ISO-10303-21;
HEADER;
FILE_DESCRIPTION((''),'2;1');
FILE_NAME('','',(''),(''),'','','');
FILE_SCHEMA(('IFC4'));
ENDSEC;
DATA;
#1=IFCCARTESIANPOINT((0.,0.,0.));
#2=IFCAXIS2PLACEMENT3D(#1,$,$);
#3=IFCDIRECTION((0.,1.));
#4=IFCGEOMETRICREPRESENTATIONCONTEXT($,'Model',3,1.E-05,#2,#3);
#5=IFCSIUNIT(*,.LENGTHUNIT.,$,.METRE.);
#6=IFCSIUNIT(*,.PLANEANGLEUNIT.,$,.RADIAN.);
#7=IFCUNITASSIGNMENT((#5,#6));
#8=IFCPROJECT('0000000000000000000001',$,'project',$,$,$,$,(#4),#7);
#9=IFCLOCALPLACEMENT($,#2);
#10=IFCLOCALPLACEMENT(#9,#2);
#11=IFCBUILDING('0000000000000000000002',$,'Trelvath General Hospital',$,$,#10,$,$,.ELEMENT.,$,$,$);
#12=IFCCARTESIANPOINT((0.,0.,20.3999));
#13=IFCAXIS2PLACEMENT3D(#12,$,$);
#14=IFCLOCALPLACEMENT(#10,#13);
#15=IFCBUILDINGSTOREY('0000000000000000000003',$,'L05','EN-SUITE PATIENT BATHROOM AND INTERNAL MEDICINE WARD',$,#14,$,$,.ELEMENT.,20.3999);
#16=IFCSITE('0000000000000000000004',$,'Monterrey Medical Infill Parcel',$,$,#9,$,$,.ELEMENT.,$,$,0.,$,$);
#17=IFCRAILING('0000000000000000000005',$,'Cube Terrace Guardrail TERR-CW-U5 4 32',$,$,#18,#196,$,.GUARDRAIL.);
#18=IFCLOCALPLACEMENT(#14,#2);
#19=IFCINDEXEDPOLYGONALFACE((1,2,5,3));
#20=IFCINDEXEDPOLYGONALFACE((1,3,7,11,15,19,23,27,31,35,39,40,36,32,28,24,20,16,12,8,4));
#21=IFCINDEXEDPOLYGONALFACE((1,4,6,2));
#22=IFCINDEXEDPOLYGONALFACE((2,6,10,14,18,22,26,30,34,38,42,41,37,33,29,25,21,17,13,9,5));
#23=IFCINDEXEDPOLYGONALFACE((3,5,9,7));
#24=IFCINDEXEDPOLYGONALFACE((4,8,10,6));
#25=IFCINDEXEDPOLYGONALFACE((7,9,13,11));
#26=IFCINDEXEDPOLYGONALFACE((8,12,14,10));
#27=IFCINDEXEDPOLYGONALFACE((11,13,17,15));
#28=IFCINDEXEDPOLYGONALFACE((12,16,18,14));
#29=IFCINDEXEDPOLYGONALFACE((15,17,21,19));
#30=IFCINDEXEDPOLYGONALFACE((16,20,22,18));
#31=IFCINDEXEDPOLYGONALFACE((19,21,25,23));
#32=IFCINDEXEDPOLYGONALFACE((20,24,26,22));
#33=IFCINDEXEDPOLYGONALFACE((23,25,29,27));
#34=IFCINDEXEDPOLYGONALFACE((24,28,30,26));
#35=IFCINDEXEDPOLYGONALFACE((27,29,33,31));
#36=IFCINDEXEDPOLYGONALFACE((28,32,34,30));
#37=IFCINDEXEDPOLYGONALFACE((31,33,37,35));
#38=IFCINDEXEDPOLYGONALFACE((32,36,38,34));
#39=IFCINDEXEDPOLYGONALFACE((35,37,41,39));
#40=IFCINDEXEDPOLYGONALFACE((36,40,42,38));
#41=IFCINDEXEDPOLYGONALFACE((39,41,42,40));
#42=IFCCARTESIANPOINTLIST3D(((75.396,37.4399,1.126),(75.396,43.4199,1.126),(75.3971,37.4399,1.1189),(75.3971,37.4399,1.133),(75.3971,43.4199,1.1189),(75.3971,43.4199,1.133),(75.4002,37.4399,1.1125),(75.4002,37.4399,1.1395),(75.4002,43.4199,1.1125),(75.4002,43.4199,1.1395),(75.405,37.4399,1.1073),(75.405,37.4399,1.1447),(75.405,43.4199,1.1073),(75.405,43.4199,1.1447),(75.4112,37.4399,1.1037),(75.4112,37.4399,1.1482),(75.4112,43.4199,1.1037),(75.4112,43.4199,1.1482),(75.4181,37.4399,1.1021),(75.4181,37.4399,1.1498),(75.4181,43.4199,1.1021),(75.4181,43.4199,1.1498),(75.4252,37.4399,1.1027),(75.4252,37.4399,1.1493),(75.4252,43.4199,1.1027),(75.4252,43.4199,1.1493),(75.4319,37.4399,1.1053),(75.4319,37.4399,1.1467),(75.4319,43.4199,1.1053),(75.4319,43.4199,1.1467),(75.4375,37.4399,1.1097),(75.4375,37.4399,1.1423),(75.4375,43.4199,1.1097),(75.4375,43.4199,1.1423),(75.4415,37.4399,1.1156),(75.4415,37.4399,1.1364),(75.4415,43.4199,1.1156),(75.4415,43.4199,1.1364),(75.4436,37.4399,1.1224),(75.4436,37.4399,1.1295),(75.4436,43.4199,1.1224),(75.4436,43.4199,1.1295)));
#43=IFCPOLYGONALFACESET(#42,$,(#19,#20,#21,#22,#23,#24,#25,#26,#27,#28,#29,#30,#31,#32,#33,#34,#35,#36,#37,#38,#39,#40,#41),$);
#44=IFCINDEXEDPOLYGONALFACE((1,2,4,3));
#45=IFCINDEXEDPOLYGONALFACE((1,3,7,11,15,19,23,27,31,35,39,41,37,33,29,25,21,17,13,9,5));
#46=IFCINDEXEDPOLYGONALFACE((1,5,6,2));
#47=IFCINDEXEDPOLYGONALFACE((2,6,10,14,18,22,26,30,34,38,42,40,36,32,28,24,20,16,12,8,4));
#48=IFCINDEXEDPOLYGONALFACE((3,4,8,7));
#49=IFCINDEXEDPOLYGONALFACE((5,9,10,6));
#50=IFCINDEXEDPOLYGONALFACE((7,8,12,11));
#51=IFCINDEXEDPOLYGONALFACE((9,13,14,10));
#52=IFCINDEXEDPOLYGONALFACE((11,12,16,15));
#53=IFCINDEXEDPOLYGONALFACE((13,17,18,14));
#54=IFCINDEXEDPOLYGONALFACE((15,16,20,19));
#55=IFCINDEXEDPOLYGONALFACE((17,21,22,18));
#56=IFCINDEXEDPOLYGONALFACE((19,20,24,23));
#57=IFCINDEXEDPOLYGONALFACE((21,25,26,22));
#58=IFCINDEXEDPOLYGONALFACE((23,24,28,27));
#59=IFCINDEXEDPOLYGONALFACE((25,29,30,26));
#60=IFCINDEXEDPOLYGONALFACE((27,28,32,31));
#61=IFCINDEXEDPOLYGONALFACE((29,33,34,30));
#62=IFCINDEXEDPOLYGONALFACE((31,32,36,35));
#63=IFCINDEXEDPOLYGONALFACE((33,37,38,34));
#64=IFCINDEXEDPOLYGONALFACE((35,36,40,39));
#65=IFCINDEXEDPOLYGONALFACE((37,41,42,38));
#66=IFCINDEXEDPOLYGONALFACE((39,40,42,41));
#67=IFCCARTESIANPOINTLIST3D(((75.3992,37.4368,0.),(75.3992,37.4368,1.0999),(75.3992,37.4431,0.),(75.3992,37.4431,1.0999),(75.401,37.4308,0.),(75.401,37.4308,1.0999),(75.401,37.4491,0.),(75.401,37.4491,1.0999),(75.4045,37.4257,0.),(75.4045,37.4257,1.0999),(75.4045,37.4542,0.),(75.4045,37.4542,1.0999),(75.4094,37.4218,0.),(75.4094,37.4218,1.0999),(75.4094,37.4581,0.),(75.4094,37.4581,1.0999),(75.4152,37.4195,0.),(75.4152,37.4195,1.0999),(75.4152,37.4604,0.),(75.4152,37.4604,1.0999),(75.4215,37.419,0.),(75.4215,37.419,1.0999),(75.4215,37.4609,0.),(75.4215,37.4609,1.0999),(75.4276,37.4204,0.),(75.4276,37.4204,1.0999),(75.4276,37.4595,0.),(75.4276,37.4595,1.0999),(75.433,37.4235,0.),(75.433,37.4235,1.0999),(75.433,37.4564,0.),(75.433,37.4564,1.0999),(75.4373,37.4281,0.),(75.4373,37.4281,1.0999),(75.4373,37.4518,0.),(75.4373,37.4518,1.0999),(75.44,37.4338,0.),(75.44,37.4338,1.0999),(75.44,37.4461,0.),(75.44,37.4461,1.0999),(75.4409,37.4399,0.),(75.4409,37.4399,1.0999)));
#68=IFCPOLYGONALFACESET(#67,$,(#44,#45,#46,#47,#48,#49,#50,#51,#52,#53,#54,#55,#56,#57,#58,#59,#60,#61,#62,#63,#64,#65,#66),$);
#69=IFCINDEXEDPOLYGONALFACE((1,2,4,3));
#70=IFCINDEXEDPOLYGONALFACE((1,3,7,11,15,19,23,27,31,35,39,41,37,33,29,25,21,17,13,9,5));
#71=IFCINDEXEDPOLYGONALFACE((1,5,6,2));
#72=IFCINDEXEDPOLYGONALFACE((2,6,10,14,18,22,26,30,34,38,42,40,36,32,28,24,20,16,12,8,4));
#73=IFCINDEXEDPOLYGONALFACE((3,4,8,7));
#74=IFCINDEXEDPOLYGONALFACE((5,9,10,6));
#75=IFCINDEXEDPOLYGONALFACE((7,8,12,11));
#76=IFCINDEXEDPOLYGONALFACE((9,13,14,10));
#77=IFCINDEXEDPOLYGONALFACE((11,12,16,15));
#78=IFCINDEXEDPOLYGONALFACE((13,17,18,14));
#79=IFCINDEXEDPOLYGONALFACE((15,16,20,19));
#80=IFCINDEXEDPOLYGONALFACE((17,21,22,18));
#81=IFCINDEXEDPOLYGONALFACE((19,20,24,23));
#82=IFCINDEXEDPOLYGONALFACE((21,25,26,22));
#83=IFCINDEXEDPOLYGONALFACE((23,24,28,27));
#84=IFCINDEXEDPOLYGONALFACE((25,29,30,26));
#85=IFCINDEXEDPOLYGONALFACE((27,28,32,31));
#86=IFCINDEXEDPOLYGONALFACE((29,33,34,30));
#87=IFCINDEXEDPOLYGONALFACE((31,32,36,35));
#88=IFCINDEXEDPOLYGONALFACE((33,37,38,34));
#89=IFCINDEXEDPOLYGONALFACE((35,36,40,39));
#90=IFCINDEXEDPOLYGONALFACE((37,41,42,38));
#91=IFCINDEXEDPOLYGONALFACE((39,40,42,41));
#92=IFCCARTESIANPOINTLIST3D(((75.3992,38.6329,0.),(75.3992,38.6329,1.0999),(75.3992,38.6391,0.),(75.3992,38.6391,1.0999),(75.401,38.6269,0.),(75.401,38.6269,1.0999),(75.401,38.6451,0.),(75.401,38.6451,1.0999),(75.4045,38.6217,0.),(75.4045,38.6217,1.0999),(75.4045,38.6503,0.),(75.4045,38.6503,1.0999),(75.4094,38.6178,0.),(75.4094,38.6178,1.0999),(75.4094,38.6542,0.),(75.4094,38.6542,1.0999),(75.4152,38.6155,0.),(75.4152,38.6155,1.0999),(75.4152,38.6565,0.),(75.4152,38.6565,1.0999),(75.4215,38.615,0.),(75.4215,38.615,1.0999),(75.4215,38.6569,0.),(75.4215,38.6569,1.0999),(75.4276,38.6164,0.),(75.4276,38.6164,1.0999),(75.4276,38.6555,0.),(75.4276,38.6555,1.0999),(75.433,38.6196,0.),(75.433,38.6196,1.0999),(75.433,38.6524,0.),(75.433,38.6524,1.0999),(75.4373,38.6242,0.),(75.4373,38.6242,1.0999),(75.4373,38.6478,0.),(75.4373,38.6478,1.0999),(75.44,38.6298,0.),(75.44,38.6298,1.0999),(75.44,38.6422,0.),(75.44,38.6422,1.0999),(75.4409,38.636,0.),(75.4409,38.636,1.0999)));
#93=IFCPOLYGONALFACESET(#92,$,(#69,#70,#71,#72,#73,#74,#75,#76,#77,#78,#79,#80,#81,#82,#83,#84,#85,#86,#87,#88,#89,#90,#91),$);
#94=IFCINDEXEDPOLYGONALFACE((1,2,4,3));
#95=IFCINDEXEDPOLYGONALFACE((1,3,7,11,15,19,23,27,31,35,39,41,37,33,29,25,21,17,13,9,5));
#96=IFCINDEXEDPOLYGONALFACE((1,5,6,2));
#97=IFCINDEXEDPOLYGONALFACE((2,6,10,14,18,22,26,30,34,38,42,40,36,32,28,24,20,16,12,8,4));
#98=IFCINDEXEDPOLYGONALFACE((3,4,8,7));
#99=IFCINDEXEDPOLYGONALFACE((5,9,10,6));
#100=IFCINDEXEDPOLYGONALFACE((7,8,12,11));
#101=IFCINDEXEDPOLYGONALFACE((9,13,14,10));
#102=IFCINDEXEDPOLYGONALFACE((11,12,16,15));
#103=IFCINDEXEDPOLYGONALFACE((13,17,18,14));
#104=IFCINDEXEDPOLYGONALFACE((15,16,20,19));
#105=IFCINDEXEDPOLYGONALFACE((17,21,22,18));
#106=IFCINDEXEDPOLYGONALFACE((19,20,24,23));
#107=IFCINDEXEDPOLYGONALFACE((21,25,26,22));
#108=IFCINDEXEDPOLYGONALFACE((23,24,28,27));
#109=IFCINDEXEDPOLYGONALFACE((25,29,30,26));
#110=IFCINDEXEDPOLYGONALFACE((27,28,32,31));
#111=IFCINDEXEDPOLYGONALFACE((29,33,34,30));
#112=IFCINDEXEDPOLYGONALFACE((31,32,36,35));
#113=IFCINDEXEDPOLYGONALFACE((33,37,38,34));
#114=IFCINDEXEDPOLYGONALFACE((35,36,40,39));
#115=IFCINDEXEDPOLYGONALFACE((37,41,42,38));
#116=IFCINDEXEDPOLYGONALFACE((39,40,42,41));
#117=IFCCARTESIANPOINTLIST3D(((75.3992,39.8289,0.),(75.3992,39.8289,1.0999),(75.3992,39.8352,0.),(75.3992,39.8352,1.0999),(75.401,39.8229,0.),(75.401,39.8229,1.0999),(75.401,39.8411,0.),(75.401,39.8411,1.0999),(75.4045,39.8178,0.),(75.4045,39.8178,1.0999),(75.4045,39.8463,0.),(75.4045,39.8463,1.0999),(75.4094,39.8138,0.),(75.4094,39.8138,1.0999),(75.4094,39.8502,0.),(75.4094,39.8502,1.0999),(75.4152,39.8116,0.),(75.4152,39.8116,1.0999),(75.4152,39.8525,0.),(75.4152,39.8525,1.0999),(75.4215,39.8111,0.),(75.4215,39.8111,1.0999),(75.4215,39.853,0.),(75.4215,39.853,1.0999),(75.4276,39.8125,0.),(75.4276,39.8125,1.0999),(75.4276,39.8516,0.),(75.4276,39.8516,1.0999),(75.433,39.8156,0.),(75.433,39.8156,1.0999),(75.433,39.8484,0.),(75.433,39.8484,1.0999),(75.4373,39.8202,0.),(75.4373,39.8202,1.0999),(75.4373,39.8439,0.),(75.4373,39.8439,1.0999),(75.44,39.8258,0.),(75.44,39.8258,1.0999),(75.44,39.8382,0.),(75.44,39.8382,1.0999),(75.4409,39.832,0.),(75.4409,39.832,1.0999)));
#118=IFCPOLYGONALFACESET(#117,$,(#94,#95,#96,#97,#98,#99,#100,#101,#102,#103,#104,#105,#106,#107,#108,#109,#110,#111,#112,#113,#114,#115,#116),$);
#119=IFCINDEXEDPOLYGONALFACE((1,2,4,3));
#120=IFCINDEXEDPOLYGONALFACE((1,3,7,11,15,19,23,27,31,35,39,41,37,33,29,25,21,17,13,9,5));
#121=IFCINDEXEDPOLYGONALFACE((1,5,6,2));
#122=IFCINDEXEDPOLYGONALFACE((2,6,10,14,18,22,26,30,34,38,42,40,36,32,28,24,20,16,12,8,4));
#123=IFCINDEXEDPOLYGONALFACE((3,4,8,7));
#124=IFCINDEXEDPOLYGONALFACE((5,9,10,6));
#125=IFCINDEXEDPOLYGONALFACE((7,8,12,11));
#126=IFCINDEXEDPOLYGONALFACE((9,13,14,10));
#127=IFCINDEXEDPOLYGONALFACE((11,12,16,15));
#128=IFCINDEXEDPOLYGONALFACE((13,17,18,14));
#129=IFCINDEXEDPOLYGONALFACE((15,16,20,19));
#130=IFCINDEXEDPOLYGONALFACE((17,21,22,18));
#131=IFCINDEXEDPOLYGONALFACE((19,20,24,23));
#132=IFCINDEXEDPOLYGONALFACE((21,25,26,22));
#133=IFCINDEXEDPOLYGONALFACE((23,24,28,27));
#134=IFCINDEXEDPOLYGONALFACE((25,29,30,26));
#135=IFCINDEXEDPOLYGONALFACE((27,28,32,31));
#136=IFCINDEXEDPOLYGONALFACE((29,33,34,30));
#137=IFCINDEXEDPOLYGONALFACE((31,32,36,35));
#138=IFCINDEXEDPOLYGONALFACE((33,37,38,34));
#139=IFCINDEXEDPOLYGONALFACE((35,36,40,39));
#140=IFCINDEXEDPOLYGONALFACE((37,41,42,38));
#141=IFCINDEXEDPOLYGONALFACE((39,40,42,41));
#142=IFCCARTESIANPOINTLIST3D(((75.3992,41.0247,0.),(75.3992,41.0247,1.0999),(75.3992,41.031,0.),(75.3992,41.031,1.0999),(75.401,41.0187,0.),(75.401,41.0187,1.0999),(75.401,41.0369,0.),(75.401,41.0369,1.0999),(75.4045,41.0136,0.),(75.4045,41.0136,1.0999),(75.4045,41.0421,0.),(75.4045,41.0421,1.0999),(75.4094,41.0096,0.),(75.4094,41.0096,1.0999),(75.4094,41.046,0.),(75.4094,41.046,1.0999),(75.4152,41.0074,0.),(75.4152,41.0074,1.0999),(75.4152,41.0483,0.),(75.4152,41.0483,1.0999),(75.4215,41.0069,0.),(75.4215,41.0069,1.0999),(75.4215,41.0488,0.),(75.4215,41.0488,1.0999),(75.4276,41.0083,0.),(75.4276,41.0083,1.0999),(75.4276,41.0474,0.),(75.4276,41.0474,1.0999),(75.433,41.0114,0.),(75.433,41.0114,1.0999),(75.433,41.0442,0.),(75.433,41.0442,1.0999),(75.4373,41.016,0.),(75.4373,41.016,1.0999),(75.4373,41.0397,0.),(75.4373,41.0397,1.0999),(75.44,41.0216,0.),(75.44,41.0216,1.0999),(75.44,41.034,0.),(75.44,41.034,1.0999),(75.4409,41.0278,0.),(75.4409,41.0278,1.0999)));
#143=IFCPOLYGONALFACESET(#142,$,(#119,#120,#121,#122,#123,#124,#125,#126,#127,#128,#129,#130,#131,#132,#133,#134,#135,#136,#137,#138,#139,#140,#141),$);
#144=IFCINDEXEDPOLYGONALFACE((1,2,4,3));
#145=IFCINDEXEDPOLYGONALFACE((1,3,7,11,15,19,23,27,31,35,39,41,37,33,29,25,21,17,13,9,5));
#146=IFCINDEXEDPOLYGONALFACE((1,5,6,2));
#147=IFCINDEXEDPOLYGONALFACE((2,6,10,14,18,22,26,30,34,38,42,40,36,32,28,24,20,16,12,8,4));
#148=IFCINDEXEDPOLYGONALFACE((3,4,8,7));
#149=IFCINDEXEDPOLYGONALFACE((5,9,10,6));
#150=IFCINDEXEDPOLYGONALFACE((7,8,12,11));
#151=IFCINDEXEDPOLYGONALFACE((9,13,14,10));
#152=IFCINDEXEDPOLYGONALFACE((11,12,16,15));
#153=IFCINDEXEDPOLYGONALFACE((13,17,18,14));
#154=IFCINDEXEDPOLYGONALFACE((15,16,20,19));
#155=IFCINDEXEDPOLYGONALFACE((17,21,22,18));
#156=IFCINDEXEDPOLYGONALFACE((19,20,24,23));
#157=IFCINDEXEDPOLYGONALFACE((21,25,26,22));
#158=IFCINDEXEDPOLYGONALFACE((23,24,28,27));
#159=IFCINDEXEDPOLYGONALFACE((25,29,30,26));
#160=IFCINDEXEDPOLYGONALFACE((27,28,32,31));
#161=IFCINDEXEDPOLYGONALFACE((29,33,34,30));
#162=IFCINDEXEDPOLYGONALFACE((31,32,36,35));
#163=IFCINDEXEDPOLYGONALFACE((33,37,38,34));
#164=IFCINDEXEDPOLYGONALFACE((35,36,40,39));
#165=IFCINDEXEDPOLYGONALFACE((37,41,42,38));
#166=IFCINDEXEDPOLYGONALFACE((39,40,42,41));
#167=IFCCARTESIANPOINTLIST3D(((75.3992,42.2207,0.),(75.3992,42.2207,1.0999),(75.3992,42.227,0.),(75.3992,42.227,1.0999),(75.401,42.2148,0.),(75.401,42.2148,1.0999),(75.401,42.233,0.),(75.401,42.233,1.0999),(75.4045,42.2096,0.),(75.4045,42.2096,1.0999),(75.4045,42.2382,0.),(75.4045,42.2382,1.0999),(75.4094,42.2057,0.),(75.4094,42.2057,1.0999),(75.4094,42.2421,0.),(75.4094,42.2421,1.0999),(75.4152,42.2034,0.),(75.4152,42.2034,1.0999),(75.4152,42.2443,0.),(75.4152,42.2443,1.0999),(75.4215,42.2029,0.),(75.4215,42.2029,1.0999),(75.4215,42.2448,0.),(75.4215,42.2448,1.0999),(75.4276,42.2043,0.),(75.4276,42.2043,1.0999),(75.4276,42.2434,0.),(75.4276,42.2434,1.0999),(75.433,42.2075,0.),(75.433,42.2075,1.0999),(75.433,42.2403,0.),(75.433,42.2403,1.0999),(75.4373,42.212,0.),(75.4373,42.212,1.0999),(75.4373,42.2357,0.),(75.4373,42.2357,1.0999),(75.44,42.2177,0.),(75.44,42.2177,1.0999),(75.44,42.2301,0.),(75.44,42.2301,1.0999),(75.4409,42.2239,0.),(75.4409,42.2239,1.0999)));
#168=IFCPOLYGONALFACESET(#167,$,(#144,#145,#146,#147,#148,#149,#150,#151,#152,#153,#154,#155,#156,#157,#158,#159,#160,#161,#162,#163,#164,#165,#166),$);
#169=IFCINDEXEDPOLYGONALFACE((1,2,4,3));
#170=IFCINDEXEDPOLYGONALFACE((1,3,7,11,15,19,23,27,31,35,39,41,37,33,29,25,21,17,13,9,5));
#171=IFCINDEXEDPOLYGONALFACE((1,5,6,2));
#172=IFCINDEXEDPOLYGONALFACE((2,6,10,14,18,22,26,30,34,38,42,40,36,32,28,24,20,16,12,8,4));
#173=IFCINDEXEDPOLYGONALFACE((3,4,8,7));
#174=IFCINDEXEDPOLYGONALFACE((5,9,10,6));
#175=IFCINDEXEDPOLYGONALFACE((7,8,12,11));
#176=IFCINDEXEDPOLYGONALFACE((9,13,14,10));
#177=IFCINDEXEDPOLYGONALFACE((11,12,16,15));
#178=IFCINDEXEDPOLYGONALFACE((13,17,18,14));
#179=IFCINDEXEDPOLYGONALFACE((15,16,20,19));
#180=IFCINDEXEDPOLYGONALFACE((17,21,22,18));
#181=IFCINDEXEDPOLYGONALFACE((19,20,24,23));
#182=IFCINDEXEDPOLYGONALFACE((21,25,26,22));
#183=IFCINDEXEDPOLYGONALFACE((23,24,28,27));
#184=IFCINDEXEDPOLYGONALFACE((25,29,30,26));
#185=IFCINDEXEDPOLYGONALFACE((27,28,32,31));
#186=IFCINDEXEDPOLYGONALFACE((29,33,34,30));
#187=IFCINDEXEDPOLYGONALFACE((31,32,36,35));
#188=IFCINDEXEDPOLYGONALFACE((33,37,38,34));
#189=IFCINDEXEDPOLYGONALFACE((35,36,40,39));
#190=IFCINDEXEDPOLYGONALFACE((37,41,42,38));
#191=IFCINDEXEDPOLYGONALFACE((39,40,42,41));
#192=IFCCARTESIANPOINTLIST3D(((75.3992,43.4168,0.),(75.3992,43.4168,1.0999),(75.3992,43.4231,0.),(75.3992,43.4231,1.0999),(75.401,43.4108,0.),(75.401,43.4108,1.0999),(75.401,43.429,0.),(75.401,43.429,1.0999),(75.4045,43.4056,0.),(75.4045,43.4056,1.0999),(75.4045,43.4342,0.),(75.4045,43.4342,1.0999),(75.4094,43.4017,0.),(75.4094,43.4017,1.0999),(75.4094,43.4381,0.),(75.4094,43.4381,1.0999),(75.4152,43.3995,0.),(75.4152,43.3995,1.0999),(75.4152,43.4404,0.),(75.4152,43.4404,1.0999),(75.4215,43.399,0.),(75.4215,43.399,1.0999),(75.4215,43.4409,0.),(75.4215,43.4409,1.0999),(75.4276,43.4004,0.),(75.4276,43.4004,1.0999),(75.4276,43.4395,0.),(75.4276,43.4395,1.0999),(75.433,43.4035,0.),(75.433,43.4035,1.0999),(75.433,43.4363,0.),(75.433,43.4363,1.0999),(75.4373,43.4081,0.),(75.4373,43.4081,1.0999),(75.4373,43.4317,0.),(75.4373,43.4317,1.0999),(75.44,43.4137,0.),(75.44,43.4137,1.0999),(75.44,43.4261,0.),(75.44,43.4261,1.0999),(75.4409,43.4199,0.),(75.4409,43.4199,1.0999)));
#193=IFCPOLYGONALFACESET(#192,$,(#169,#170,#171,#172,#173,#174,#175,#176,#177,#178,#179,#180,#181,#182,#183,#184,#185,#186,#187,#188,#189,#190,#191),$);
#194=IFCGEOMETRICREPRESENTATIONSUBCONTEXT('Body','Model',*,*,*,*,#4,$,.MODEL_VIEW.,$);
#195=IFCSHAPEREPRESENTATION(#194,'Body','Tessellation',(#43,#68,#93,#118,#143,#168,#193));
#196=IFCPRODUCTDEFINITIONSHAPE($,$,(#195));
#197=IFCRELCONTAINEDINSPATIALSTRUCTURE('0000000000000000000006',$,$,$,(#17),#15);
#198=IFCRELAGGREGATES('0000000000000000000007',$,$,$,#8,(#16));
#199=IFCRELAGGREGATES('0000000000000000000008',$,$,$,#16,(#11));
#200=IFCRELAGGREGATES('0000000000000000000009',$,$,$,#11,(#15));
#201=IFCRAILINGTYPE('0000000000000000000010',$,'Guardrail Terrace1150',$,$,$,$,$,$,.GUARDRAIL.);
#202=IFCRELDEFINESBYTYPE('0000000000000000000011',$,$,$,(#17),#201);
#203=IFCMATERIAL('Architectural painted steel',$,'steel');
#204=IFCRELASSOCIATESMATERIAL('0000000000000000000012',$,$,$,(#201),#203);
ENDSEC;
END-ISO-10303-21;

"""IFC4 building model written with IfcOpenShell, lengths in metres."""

from ifc_helpers import new_model, si_unit, direction, frame, origin, origin_2d, place, context, subcontext, project, spatial, circle, extrude, material, type_object, element, save


model = new_model("IFC4")

# Units and contexts
model_context = context("Model", 3, precision=1e-05, world=origin(), true_north=direction((0.0, 1.0)))
body_context = subcontext(model_context, "Body", "Model", "MODEL_VIEW")
ifc_project = project(units=[si_unit("LENGTHUNIT", "METRE"), si_unit("PLANEANGLEUNIT", "RADIAN")], contexts=[model_context])

# Site, building, storey
site_placement = place(None, origin())
site = spatial("IfcSite", under=ifc_project, at=site_placement, Name="Monterrey Medical Infill Parcel", CompositionType="ELEMENT", RefElevation=0.0)
building_placement = place(site_placement, origin())
building = spatial("IfcBuilding", under=site, at=building_placement, Name="Trelvath General Hospital", CompositionType="ELEMENT")
storey_placement = place(building_placement, frame((0.0, 0.0, 20.3999)))
storey = spatial("IfcBuildingStorey", under=building, at=storey_placement, Name="L05", Description="EN-SUITE PATIENT BATHROOM AND INTERNAL MEDICINE WARD", CompositionType="ELEMENT", Elevation=20.3999)

# Railing
ifc_material_1 = material(Name="Architectural painted steel", Category="steel")
railing_type = type_object("IfcRailingType", Name="Guardrail Terrace1150", PredefinedType="GUARDRAIL", material=ifc_material_1)
railing_placement = place(storey_placement, frame((75.4199, 37.4399, 0.0)))
element("IfcRailing", 1, at=railing_placement, inside=storey, type_object=railing_type, Name="Cube Terrace Guardrail TERR-CW-U5 4 32", PredefinedType="GUARDRAIL", context=body_context, shape_type="SweptSolid", body=[
    extrude(circle(Radius=0.0239, at=origin_2d()), frame((0.0, 0.0, 1.126), z_axis=(0.0, 1.0, 0.0), x_axis=(-1.0, 0.0, 0.0)), (0.0, 0.0, 1.0), 5.98),
    extrude(circle(Radius=0.021, at=origin_2d()), origin(), (0.0, 0.0, 1.0), 1.0999),
    extrude(circle(Radius=0.021, at=origin_2d()), frame((0.0, 1.196, 0.0)), (0.0, 0.0, 1.0), 1.0999),
    extrude(circle(Radius=0.021, at=origin_2d()), frame((0.0, 2.3921, 0.0)), (0.0, 0.0, 1.0), 1.0999),
    extrude(circle(Radius=0.021, at=origin_2d()), frame((0.0, 3.5879, 0.0)), (0.0, 0.0, 1.0), 1.0999),
    extrude(circle(Radius=0.021, at=origin_2d()), frame((0.0, 4.7839, 0.0)), (0.0, 0.0, 1.0), 1.0999),
    extrude(circle(Radius=0.021, at=origin_2d()), frame((0.0, 5.98, 0.0)), (0.0, 0.0, 1.0), 1.0999),
])

save(model, "model.ifc")
